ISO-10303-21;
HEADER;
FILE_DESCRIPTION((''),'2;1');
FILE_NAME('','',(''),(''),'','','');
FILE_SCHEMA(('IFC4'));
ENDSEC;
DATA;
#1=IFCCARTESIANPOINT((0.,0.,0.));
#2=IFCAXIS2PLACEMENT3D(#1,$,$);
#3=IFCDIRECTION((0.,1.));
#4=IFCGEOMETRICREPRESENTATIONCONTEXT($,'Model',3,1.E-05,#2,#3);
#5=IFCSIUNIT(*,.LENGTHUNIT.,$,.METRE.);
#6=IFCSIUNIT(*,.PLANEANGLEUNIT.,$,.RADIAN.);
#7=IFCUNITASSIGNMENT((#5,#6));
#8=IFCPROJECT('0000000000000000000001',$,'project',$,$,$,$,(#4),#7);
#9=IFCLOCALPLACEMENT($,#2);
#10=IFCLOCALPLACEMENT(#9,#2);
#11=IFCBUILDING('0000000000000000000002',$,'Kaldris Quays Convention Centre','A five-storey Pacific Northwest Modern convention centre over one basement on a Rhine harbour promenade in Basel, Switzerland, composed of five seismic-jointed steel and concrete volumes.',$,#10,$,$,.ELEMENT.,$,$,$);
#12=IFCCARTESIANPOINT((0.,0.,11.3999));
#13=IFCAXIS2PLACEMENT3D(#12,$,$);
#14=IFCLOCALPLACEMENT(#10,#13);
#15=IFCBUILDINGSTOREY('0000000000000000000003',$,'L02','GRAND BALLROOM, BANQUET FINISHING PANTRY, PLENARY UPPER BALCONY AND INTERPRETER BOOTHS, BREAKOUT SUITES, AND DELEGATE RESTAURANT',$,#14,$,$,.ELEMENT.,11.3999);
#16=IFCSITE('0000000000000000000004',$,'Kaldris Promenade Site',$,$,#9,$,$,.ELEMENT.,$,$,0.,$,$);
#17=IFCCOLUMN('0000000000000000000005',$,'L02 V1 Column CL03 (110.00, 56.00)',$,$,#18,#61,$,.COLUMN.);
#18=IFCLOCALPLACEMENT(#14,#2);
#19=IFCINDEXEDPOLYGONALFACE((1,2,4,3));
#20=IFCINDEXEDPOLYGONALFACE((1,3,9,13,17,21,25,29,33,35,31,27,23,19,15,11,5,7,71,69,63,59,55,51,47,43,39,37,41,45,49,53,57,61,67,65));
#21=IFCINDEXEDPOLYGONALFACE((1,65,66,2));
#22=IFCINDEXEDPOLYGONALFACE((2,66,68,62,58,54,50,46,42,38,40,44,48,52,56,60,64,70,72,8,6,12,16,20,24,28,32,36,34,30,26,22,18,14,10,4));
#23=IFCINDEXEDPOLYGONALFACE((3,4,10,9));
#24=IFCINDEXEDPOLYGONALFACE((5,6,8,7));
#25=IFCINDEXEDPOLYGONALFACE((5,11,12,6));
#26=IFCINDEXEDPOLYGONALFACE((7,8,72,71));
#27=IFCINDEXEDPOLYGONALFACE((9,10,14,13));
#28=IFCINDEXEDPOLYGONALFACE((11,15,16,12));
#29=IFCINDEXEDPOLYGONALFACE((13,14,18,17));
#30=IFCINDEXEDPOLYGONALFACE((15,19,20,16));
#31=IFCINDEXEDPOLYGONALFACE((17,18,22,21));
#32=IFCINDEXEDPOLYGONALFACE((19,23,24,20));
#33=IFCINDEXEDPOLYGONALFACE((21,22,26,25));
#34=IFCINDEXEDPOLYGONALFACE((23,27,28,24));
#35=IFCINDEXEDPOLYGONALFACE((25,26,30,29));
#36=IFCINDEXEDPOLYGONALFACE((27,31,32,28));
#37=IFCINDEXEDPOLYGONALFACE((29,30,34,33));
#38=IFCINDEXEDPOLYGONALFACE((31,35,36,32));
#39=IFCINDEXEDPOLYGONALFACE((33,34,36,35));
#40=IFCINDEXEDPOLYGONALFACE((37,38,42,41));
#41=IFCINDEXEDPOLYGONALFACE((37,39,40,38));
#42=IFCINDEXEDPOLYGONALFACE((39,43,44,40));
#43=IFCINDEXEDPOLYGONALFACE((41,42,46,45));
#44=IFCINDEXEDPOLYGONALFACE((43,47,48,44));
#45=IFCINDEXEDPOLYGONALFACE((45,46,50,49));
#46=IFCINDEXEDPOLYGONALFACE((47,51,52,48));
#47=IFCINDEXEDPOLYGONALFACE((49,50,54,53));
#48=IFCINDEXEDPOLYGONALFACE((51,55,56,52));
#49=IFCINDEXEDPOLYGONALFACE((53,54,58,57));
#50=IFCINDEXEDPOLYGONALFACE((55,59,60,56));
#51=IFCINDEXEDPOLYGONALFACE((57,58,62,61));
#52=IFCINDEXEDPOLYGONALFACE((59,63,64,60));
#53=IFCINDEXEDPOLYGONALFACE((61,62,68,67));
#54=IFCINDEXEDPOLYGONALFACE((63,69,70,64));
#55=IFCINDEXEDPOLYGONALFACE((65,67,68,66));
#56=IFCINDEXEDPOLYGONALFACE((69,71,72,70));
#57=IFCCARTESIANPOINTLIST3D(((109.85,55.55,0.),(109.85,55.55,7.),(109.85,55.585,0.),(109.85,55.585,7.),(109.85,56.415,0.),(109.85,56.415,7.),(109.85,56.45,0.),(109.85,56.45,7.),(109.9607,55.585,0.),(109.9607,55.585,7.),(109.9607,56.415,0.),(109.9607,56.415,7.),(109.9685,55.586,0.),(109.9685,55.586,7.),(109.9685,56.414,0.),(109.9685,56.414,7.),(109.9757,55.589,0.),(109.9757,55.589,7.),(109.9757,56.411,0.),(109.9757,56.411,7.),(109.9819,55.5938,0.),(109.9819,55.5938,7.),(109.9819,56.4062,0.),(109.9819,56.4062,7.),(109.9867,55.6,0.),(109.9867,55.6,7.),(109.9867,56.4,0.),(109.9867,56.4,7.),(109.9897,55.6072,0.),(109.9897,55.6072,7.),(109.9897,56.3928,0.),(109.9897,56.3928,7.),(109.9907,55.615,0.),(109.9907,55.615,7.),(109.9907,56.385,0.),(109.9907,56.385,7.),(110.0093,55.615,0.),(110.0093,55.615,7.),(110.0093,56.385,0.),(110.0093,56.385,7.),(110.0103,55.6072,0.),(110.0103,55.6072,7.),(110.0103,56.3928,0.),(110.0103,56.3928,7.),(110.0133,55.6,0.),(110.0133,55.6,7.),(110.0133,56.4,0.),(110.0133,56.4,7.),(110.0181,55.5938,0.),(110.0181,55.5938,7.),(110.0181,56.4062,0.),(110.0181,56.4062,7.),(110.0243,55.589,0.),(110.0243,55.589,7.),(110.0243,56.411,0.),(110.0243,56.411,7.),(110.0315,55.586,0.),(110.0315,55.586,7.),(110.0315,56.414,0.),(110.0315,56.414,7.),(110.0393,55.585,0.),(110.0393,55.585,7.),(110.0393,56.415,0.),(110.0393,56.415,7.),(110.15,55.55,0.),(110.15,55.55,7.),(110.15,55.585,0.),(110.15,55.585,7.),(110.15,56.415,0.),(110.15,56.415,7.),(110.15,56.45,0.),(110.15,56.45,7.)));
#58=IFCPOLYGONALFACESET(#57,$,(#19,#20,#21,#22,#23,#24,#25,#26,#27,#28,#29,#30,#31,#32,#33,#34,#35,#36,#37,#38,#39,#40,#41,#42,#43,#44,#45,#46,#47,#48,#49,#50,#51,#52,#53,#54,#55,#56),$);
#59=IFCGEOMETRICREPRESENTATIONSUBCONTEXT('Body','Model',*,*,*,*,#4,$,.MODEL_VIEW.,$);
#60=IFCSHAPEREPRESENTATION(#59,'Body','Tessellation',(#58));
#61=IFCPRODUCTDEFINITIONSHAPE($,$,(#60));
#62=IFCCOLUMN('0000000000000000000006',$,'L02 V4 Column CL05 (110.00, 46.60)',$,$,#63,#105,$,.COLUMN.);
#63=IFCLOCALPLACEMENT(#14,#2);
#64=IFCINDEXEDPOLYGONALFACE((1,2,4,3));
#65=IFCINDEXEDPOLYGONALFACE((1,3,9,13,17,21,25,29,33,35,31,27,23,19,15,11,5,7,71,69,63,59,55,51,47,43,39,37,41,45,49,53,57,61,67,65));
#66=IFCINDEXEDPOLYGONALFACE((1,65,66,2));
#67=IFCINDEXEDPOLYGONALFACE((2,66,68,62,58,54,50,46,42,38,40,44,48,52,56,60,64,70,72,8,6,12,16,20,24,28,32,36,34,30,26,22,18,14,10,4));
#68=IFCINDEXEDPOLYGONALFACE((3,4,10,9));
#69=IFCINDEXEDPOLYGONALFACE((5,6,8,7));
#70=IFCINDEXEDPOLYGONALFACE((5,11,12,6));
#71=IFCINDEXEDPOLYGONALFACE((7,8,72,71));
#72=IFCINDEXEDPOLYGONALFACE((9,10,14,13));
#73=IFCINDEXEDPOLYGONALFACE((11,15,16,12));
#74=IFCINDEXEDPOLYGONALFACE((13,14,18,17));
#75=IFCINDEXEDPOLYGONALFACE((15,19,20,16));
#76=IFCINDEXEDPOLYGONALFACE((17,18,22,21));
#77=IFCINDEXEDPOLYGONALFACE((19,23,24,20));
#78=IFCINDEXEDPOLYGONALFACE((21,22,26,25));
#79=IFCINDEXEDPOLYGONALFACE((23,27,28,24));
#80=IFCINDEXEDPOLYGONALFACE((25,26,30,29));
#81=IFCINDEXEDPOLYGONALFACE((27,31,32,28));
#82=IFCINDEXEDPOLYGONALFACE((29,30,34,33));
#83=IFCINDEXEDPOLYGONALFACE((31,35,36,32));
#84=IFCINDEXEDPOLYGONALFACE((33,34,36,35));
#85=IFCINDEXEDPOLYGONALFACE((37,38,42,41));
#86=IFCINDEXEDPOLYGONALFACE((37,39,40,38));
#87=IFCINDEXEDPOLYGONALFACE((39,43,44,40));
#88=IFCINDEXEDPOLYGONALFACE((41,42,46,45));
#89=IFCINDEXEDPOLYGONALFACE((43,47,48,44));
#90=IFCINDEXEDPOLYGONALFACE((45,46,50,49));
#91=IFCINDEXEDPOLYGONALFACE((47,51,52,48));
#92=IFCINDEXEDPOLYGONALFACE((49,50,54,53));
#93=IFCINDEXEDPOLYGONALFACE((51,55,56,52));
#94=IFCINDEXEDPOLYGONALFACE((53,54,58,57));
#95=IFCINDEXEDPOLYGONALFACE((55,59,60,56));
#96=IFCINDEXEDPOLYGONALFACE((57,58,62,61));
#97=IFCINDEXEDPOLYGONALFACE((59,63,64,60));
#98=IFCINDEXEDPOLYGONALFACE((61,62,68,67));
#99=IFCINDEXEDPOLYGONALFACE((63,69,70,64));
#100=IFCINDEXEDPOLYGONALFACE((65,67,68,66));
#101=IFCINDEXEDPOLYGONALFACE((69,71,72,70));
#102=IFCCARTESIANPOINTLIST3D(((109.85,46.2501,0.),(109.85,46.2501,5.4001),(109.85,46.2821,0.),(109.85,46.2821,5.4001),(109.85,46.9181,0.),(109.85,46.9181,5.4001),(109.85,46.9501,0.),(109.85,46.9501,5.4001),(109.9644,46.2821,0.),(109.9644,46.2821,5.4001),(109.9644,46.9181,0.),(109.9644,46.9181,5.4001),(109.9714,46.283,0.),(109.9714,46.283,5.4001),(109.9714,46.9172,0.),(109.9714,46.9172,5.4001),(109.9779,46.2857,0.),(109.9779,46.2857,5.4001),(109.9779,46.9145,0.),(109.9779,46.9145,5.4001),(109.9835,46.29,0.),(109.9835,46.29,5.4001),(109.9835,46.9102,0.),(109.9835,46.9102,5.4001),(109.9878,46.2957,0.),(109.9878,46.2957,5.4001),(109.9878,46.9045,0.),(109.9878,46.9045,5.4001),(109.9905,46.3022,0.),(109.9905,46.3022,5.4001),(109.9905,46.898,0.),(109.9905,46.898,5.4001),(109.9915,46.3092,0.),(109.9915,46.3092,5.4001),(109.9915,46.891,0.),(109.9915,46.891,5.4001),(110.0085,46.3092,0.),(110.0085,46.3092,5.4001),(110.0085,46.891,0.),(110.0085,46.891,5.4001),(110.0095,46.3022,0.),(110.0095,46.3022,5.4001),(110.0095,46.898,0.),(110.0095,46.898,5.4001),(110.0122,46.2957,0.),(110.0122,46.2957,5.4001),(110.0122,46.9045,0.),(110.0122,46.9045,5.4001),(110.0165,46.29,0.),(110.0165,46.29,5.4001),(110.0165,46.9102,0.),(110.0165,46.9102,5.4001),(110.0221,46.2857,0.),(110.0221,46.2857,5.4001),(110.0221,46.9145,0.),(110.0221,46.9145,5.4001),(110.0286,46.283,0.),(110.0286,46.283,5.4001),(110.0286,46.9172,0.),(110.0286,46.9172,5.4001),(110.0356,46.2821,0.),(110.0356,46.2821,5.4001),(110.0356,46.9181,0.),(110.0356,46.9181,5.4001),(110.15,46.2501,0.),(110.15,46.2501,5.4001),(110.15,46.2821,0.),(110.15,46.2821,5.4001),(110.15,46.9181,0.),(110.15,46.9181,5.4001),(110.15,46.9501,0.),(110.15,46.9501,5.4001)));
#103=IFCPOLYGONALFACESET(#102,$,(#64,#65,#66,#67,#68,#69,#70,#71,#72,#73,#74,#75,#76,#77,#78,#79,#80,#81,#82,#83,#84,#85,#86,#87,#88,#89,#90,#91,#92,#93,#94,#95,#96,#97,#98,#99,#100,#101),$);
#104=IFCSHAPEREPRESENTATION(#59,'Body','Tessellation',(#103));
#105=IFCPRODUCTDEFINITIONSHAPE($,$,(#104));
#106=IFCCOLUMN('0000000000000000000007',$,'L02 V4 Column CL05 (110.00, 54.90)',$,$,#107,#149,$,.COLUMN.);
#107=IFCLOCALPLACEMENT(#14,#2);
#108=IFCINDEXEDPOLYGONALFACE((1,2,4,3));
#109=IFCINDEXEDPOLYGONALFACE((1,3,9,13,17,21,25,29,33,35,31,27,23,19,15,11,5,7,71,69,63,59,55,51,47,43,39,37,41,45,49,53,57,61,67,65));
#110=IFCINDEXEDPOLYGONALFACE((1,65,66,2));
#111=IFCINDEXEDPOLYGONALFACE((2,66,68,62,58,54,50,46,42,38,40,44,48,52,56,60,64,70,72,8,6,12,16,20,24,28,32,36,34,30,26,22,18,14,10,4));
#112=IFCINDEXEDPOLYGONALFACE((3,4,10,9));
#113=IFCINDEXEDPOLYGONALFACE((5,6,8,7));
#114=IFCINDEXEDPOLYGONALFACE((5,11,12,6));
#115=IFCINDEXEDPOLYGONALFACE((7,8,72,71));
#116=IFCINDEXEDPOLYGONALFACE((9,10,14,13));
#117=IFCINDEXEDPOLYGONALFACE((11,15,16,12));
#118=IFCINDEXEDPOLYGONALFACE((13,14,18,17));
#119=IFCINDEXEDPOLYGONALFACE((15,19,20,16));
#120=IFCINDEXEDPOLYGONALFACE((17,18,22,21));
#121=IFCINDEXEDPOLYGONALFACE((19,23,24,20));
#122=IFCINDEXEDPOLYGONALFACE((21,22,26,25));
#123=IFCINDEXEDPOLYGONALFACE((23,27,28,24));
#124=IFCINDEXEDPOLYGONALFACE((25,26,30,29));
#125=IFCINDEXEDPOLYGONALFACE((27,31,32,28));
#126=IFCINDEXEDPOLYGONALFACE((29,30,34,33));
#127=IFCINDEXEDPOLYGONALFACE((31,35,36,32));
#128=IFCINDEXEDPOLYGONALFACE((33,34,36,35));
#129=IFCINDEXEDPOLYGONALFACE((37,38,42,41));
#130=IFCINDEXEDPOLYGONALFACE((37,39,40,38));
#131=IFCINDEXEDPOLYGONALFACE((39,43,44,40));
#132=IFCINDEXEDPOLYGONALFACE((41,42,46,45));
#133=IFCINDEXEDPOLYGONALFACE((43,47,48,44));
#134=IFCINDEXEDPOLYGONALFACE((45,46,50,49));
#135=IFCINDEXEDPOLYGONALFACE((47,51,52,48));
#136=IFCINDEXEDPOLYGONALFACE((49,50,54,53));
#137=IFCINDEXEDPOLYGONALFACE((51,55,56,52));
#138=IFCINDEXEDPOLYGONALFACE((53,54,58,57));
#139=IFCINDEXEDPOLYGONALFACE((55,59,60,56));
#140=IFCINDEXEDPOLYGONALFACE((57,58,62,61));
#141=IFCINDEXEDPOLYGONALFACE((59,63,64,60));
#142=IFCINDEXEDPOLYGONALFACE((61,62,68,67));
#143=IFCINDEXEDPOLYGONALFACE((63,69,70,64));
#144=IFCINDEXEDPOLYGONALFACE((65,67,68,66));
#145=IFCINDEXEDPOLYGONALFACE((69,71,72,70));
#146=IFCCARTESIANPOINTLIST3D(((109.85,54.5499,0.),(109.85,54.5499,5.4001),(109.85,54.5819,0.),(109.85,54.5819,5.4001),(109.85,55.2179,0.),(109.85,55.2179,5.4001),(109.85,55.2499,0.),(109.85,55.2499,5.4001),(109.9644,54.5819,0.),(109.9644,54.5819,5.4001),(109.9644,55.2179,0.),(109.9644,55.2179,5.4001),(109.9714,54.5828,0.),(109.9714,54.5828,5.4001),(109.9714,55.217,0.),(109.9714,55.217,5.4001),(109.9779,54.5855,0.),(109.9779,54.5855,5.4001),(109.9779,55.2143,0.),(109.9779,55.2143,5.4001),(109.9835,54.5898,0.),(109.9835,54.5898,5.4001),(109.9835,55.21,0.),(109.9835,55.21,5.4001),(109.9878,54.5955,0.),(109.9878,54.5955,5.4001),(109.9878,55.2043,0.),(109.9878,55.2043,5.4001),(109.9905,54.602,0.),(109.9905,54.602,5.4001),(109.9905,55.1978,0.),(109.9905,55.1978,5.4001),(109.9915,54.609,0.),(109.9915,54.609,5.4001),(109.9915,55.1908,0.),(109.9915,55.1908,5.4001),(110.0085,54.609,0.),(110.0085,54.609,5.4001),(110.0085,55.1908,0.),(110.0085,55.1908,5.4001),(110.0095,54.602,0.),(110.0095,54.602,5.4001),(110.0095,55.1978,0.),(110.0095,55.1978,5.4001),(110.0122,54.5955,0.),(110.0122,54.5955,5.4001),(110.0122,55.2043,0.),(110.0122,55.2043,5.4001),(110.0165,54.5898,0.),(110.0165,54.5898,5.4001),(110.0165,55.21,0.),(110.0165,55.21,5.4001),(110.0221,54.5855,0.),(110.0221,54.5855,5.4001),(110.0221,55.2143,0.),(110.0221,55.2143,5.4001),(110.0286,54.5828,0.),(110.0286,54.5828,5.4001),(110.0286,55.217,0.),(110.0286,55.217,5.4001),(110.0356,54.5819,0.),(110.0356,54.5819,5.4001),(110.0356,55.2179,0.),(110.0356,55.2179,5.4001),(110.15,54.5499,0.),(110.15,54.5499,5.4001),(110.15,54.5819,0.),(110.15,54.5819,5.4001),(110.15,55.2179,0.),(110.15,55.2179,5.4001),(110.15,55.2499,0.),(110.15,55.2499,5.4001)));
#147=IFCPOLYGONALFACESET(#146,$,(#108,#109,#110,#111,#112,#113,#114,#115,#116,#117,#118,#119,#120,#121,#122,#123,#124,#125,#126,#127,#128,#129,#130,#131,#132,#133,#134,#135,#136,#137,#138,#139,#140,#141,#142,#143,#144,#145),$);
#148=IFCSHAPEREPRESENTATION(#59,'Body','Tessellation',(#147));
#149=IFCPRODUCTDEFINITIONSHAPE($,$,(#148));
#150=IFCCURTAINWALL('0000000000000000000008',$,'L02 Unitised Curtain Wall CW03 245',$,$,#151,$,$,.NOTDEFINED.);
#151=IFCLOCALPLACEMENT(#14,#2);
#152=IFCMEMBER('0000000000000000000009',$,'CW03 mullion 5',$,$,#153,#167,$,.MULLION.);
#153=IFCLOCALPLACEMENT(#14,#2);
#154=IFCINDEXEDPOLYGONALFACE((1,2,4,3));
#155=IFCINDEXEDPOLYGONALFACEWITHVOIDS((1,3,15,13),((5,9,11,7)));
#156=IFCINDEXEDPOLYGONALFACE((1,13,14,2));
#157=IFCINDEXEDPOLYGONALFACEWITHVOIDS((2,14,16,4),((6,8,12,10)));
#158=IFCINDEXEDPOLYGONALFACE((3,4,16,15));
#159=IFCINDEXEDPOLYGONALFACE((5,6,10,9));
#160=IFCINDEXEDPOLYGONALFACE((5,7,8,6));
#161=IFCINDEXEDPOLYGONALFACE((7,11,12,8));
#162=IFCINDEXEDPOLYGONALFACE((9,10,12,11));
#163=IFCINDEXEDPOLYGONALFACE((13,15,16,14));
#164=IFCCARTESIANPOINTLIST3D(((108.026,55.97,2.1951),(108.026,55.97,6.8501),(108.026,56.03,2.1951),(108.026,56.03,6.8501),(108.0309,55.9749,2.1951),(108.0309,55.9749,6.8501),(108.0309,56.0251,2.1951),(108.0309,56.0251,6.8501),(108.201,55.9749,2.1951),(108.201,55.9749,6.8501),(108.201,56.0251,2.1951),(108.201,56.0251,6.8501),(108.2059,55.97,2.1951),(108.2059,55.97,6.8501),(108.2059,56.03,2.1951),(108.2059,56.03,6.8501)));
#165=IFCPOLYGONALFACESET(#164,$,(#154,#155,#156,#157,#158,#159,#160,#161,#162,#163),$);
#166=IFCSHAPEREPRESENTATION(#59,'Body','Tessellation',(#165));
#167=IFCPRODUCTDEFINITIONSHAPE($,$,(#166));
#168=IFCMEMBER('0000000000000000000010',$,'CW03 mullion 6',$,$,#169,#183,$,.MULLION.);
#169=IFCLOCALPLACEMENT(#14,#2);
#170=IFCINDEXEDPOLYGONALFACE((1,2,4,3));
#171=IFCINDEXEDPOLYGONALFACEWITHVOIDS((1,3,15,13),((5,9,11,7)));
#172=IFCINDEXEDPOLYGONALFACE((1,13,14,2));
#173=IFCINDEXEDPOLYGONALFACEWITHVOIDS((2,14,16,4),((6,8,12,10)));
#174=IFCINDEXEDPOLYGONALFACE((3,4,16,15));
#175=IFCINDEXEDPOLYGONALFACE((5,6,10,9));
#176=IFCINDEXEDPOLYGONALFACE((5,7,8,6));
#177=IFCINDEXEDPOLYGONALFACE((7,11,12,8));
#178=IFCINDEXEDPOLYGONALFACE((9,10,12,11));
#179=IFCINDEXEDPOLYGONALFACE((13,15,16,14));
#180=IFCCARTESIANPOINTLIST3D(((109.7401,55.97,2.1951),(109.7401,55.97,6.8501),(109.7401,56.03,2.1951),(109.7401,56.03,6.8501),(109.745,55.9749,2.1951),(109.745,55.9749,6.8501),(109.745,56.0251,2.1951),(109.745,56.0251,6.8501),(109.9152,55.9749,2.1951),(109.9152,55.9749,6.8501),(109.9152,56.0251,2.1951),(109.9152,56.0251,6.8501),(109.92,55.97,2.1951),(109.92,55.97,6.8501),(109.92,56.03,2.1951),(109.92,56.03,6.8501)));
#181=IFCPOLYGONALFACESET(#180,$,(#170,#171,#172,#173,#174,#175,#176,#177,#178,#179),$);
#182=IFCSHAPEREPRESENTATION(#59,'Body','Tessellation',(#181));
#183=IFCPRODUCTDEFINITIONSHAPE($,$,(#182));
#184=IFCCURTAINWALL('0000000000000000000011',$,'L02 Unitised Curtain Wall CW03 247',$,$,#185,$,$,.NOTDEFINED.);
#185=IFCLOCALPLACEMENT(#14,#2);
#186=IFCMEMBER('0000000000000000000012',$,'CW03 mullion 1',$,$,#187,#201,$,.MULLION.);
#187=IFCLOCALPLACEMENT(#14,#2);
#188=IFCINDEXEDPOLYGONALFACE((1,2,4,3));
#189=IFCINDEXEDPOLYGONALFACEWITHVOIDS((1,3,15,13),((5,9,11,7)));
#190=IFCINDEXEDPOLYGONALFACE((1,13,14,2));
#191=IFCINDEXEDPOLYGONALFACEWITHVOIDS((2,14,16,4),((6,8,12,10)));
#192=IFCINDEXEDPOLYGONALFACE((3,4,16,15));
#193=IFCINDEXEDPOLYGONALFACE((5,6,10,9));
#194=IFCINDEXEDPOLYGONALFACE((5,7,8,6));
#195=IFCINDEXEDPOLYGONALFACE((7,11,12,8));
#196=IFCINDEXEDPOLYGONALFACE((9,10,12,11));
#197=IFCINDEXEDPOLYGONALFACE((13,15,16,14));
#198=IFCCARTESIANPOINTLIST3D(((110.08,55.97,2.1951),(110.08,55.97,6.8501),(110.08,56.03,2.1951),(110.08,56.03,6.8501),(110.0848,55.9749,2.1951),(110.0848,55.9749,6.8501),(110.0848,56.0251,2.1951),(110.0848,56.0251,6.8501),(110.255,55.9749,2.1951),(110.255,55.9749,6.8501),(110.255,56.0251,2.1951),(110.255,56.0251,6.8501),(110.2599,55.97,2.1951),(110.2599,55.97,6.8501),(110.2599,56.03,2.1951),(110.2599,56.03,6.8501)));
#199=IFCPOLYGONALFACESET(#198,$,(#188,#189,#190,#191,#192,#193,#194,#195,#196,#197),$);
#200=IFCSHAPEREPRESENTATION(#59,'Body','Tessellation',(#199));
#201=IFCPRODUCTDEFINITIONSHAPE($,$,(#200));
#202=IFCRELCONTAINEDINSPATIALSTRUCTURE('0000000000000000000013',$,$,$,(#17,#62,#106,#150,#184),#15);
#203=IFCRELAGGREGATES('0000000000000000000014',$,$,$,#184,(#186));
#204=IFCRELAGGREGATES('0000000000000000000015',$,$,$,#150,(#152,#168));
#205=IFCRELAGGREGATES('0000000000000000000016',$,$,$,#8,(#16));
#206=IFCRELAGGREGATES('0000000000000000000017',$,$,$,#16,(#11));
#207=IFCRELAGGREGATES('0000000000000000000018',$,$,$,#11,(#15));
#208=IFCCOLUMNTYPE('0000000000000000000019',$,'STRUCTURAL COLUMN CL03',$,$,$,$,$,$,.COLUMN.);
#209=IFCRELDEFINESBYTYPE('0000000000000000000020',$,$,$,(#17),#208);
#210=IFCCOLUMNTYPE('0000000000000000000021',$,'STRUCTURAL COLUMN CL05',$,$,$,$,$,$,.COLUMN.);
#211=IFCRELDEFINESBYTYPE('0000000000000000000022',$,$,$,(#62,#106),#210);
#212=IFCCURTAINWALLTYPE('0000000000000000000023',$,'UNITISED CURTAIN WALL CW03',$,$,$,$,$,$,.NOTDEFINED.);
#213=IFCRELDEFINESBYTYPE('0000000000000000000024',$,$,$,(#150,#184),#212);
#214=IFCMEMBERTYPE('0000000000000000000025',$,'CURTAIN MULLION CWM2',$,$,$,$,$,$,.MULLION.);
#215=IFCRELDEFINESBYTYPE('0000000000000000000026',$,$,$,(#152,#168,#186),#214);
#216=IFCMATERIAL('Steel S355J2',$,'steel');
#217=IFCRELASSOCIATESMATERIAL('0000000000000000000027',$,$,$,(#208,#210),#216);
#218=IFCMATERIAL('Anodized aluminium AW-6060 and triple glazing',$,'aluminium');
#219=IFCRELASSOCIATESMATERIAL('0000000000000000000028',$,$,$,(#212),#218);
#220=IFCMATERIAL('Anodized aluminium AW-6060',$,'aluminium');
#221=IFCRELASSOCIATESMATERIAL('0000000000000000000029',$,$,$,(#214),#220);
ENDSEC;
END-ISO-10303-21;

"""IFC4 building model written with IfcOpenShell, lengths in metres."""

from ifc_helpers import new_model, si_unit, direction, frame, origin, origin_2d, place, context, subcontext, project, spatial, hollow_rectangle, i_section, extrude, material, material_profile, profile_set, type_object, element, aggregate, save


model = new_model("IFC4")

# Units and contexts
model_context = context("Model", 3, precision=1e-05, world=origin(), true_north=direction((0.0, 1.0)))
body_context = subcontext(model_context, "Body", "Model", "MODEL_VIEW")
ifc_project = project(units=[si_unit("LENGTHUNIT", "METRE"), si_unit("PLANEANGLEUNIT", "RADIAN")], contexts=[model_context])

# Site, building, storey
site_placement = place(None, origin())
site = spatial("IfcSite", under=ifc_project, at=site_placement, Name="Kaldris Promenade Site", CompositionType="ELEMENT", RefElevation=0.0)
building_placement = place(site_placement, origin())
building = spatial("IfcBuilding", under=site, at=building_placement, Name="Kaldris Quays Convention Centre", Description="A five-storey Pacific Northwest Modern convention centre over one basement on a Rhine harbour promenade in Basel, Switzerland, composed of five seismic-jointed steel and concrete volumes.", CompositionType="ELEMENT")
storey_placement = place(building_placement, frame((0.0, 0.0, 11.3999)))
storey = spatial("IfcBuildingStorey", under=building, at=storey_placement, Name="L02", Description="GRAND BALLROOM, BANQUET FINISHING PANTRY, PLENARY UPPER BALCONY AND INTERPRETER BOOTHS, BREAKOUT SUITES, AND DELEGATE RESTAURANT", CompositionType="ELEMENT", Elevation=11.3999)

# Columns
ifc_material_1 = material(Name="Steel S355J2", Category="steel")
ifc_material_profile_1 = material_profile(ifc_material_1, i_section(OverallWidth=0.3, OverallDepth=0.8999, WebThickness=0.0186, FlangeThickness=0.0349, FilletRadius=0.03, at=origin_2d()), Name="HEB 900")
ifc_profile_set_1 = profile_set([ifc_material_profile_1], Name="Steel S355J2")
column_type_1 = type_object("IfcColumnType", Name="STRUCTURAL COLUMN CL03", PredefinedType="COLUMN", material=ifc_profile_set_1)
column_placement = place(storey_placement, frame((110.0, 56.0, 0.0), z_axis=(0.0, 0.0, 1.0), x_axis=(1.0, 0.0, 0.0)))
element("IfcColumn", 1, at=column_placement, inside=storey, type_object=column_type_1, Name="L02 V1 Column CL03 (110.00, 56.00)", PredefinedType="COLUMN", context=body_context, shape_type="SweptSolid", body=[
    extrude(i_section(OverallWidth=0.3, OverallDepth=0.8999, WebThickness=0.0186, FlangeThickness=0.0349, FilletRadius=0.03, at=origin_2d()), origin(), (0.0, 0.0, 1.0), 7.0),
])
ifc_material_profile_2 = material_profile(ifc_material_1, i_section(OverallWidth=0.3, OverallDepth=0.7, WebThickness=0.0171, FlangeThickness=0.032, FilletRadius=0.0271, at=origin_2d()), Name="HEB 700")
ifc_profile_set_2 = profile_set([ifc_material_profile_2], Name="Steel S355J2")
column_type_2 = type_object("IfcColumnType", Name="STRUCTURAL COLUMN CL05", PredefinedType="COLUMN", material=ifc_profile_set_2)
for number, where, z_axis, x_axis, name in (
    (2, (110.0, 46.6001, 0.0), (0.0, 0.0, 1.0), (1.0, 0.0, 0.0), "L02 V4 Column CL05 (110.00, 46.60)"),
    (3, (110.0, 54.8999, 0.0), (0.0, 0.0, 1.0), (1.0, 0.0, 0.0), "L02 V4 Column CL05 (110.00, 54.90)"),
):
    element("IfcColumn", number, at=place(storey_placement, frame(where, z_axis=z_axis, x_axis=x_axis)), inside=storey, type_object=column_type_2, Name=name, PredefinedType="COLUMN", context=body_context, shape_type="SweptSolid", body=[
        extrude(i_section(OverallWidth=0.3, OverallDepth=0.7, WebThickness=0.0171, FlangeThickness=0.032, FilletRadius=0.0271, at=origin_2d()), origin(), (0.0, 0.0, 1.0), 5.4001),
    ])

# Curtain wall, members
ifc_material_2 = material(Name="Anodized aluminium AW-6060 and triple glazing", Category="aluminium")
curtain_wall_type = type_object("IfcCurtainWallType", Name="UNITISED CURTAIN WALL CW03", PredefinedType="NOTDEFINED", material=ifc_material_2)
curtain_wall_1_placement = place(storey_placement, origin())
curtain_wall_1 = element("IfcCurtainWall", 4, at=curtain_wall_1_placement, inside=storey, type_object=curtain_wall_type, Name="L02 Unitised Curtain Wall CW03 245", PredefinedType="NOTDEFINED")
ifc_material_3 = material(Name="Anodized aluminium AW-6060", Category="aluminium")
ifc_material_profile_3 = material_profile(ifc_material_3, hollow_rectangle(XDim=0.0601, YDim=0.1799, WallThickness=0.0049, at=origin_2d()), Name="RHS 180x60x5")
ifc_profile_set_3 = profile_set([ifc_material_profile_3], Name="Anodized aluminium AW-6060")
member_type_1 = type_object("IfcMemberType", Name="CURTAIN MULLION CWM2", PredefinedType="MULLION", material=ifc_profile_set_3)
member_1_placement = place(storey_placement, frame((108.116, 56.0, 2.1951), z_axis=(0.0, 0.0, 1.0), x_axis=(0.0, 1.0, 0.0)))
member_1 = element("IfcMember", 5, at=member_1_placement, type_object=member_type_1, Name="CW03 mullion 5", PredefinedType="MULLION", context=body_context, shape_type="SweptSolid", body=[
    extrude(hollow_rectangle(XDim=0.0601, YDim=0.1799, WallThickness=0.0049, at=origin_2d()), origin(), (0.0, 0.0, 1.0), 4.655),
])
member_2_placement = place(storey_placement, frame((109.8301, 56.0, 2.1951), z_axis=(0.0, 0.0, 1.0), x_axis=(0.0, 1.0, 0.0)))
member_2 = element("IfcMember", 6, at=member_2_placement, type_object=member_type_1, Name="CW03 mullion 6", PredefinedType="MULLION", context=body_context, shape_type="SweptSolid", body=[
    extrude(hollow_rectangle(XDim=0.0601, YDim=0.1799, WallThickness=0.0049, at=origin_2d()), origin(), (0.0, 0.0, 1.0), 4.655),
])

# Curtain wall, member
curtain_wall_2_placement = place(storey_placement, origin())
curtain_wall_2 = element("IfcCurtainWall", 7, at=curtain_wall_2_placement, inside=storey, type_object=curtain_wall_type, Name="L02 Unitised Curtain Wall CW03 247", PredefinedType="NOTDEFINED")
member_3_placement = place(storey_placement, frame((110.1699, 56.0, 2.1951), z_axis=(0.0, 0.0, 1.0), x_axis=(0.0, 1.0, 0.0)))
member_3 = element("IfcMember", 8, at=member_3_placement, type_object=member_type_1, Name="CW03 mullion 1", PredefinedType="MULLION", context=body_context, shape_type="SweptSolid", body=[
    extrude(hollow_rectangle(XDim=0.0601, YDim=0.1799, WallThickness=0.0049, at=origin_2d()), origin(), (0.0, 0.0, 1.0), 4.655),
])

aggregate(curtain_wall_2, [member_3])

aggregate(curtain_wall_1, [member_1, member_2])

save(model, "model.ifc")
